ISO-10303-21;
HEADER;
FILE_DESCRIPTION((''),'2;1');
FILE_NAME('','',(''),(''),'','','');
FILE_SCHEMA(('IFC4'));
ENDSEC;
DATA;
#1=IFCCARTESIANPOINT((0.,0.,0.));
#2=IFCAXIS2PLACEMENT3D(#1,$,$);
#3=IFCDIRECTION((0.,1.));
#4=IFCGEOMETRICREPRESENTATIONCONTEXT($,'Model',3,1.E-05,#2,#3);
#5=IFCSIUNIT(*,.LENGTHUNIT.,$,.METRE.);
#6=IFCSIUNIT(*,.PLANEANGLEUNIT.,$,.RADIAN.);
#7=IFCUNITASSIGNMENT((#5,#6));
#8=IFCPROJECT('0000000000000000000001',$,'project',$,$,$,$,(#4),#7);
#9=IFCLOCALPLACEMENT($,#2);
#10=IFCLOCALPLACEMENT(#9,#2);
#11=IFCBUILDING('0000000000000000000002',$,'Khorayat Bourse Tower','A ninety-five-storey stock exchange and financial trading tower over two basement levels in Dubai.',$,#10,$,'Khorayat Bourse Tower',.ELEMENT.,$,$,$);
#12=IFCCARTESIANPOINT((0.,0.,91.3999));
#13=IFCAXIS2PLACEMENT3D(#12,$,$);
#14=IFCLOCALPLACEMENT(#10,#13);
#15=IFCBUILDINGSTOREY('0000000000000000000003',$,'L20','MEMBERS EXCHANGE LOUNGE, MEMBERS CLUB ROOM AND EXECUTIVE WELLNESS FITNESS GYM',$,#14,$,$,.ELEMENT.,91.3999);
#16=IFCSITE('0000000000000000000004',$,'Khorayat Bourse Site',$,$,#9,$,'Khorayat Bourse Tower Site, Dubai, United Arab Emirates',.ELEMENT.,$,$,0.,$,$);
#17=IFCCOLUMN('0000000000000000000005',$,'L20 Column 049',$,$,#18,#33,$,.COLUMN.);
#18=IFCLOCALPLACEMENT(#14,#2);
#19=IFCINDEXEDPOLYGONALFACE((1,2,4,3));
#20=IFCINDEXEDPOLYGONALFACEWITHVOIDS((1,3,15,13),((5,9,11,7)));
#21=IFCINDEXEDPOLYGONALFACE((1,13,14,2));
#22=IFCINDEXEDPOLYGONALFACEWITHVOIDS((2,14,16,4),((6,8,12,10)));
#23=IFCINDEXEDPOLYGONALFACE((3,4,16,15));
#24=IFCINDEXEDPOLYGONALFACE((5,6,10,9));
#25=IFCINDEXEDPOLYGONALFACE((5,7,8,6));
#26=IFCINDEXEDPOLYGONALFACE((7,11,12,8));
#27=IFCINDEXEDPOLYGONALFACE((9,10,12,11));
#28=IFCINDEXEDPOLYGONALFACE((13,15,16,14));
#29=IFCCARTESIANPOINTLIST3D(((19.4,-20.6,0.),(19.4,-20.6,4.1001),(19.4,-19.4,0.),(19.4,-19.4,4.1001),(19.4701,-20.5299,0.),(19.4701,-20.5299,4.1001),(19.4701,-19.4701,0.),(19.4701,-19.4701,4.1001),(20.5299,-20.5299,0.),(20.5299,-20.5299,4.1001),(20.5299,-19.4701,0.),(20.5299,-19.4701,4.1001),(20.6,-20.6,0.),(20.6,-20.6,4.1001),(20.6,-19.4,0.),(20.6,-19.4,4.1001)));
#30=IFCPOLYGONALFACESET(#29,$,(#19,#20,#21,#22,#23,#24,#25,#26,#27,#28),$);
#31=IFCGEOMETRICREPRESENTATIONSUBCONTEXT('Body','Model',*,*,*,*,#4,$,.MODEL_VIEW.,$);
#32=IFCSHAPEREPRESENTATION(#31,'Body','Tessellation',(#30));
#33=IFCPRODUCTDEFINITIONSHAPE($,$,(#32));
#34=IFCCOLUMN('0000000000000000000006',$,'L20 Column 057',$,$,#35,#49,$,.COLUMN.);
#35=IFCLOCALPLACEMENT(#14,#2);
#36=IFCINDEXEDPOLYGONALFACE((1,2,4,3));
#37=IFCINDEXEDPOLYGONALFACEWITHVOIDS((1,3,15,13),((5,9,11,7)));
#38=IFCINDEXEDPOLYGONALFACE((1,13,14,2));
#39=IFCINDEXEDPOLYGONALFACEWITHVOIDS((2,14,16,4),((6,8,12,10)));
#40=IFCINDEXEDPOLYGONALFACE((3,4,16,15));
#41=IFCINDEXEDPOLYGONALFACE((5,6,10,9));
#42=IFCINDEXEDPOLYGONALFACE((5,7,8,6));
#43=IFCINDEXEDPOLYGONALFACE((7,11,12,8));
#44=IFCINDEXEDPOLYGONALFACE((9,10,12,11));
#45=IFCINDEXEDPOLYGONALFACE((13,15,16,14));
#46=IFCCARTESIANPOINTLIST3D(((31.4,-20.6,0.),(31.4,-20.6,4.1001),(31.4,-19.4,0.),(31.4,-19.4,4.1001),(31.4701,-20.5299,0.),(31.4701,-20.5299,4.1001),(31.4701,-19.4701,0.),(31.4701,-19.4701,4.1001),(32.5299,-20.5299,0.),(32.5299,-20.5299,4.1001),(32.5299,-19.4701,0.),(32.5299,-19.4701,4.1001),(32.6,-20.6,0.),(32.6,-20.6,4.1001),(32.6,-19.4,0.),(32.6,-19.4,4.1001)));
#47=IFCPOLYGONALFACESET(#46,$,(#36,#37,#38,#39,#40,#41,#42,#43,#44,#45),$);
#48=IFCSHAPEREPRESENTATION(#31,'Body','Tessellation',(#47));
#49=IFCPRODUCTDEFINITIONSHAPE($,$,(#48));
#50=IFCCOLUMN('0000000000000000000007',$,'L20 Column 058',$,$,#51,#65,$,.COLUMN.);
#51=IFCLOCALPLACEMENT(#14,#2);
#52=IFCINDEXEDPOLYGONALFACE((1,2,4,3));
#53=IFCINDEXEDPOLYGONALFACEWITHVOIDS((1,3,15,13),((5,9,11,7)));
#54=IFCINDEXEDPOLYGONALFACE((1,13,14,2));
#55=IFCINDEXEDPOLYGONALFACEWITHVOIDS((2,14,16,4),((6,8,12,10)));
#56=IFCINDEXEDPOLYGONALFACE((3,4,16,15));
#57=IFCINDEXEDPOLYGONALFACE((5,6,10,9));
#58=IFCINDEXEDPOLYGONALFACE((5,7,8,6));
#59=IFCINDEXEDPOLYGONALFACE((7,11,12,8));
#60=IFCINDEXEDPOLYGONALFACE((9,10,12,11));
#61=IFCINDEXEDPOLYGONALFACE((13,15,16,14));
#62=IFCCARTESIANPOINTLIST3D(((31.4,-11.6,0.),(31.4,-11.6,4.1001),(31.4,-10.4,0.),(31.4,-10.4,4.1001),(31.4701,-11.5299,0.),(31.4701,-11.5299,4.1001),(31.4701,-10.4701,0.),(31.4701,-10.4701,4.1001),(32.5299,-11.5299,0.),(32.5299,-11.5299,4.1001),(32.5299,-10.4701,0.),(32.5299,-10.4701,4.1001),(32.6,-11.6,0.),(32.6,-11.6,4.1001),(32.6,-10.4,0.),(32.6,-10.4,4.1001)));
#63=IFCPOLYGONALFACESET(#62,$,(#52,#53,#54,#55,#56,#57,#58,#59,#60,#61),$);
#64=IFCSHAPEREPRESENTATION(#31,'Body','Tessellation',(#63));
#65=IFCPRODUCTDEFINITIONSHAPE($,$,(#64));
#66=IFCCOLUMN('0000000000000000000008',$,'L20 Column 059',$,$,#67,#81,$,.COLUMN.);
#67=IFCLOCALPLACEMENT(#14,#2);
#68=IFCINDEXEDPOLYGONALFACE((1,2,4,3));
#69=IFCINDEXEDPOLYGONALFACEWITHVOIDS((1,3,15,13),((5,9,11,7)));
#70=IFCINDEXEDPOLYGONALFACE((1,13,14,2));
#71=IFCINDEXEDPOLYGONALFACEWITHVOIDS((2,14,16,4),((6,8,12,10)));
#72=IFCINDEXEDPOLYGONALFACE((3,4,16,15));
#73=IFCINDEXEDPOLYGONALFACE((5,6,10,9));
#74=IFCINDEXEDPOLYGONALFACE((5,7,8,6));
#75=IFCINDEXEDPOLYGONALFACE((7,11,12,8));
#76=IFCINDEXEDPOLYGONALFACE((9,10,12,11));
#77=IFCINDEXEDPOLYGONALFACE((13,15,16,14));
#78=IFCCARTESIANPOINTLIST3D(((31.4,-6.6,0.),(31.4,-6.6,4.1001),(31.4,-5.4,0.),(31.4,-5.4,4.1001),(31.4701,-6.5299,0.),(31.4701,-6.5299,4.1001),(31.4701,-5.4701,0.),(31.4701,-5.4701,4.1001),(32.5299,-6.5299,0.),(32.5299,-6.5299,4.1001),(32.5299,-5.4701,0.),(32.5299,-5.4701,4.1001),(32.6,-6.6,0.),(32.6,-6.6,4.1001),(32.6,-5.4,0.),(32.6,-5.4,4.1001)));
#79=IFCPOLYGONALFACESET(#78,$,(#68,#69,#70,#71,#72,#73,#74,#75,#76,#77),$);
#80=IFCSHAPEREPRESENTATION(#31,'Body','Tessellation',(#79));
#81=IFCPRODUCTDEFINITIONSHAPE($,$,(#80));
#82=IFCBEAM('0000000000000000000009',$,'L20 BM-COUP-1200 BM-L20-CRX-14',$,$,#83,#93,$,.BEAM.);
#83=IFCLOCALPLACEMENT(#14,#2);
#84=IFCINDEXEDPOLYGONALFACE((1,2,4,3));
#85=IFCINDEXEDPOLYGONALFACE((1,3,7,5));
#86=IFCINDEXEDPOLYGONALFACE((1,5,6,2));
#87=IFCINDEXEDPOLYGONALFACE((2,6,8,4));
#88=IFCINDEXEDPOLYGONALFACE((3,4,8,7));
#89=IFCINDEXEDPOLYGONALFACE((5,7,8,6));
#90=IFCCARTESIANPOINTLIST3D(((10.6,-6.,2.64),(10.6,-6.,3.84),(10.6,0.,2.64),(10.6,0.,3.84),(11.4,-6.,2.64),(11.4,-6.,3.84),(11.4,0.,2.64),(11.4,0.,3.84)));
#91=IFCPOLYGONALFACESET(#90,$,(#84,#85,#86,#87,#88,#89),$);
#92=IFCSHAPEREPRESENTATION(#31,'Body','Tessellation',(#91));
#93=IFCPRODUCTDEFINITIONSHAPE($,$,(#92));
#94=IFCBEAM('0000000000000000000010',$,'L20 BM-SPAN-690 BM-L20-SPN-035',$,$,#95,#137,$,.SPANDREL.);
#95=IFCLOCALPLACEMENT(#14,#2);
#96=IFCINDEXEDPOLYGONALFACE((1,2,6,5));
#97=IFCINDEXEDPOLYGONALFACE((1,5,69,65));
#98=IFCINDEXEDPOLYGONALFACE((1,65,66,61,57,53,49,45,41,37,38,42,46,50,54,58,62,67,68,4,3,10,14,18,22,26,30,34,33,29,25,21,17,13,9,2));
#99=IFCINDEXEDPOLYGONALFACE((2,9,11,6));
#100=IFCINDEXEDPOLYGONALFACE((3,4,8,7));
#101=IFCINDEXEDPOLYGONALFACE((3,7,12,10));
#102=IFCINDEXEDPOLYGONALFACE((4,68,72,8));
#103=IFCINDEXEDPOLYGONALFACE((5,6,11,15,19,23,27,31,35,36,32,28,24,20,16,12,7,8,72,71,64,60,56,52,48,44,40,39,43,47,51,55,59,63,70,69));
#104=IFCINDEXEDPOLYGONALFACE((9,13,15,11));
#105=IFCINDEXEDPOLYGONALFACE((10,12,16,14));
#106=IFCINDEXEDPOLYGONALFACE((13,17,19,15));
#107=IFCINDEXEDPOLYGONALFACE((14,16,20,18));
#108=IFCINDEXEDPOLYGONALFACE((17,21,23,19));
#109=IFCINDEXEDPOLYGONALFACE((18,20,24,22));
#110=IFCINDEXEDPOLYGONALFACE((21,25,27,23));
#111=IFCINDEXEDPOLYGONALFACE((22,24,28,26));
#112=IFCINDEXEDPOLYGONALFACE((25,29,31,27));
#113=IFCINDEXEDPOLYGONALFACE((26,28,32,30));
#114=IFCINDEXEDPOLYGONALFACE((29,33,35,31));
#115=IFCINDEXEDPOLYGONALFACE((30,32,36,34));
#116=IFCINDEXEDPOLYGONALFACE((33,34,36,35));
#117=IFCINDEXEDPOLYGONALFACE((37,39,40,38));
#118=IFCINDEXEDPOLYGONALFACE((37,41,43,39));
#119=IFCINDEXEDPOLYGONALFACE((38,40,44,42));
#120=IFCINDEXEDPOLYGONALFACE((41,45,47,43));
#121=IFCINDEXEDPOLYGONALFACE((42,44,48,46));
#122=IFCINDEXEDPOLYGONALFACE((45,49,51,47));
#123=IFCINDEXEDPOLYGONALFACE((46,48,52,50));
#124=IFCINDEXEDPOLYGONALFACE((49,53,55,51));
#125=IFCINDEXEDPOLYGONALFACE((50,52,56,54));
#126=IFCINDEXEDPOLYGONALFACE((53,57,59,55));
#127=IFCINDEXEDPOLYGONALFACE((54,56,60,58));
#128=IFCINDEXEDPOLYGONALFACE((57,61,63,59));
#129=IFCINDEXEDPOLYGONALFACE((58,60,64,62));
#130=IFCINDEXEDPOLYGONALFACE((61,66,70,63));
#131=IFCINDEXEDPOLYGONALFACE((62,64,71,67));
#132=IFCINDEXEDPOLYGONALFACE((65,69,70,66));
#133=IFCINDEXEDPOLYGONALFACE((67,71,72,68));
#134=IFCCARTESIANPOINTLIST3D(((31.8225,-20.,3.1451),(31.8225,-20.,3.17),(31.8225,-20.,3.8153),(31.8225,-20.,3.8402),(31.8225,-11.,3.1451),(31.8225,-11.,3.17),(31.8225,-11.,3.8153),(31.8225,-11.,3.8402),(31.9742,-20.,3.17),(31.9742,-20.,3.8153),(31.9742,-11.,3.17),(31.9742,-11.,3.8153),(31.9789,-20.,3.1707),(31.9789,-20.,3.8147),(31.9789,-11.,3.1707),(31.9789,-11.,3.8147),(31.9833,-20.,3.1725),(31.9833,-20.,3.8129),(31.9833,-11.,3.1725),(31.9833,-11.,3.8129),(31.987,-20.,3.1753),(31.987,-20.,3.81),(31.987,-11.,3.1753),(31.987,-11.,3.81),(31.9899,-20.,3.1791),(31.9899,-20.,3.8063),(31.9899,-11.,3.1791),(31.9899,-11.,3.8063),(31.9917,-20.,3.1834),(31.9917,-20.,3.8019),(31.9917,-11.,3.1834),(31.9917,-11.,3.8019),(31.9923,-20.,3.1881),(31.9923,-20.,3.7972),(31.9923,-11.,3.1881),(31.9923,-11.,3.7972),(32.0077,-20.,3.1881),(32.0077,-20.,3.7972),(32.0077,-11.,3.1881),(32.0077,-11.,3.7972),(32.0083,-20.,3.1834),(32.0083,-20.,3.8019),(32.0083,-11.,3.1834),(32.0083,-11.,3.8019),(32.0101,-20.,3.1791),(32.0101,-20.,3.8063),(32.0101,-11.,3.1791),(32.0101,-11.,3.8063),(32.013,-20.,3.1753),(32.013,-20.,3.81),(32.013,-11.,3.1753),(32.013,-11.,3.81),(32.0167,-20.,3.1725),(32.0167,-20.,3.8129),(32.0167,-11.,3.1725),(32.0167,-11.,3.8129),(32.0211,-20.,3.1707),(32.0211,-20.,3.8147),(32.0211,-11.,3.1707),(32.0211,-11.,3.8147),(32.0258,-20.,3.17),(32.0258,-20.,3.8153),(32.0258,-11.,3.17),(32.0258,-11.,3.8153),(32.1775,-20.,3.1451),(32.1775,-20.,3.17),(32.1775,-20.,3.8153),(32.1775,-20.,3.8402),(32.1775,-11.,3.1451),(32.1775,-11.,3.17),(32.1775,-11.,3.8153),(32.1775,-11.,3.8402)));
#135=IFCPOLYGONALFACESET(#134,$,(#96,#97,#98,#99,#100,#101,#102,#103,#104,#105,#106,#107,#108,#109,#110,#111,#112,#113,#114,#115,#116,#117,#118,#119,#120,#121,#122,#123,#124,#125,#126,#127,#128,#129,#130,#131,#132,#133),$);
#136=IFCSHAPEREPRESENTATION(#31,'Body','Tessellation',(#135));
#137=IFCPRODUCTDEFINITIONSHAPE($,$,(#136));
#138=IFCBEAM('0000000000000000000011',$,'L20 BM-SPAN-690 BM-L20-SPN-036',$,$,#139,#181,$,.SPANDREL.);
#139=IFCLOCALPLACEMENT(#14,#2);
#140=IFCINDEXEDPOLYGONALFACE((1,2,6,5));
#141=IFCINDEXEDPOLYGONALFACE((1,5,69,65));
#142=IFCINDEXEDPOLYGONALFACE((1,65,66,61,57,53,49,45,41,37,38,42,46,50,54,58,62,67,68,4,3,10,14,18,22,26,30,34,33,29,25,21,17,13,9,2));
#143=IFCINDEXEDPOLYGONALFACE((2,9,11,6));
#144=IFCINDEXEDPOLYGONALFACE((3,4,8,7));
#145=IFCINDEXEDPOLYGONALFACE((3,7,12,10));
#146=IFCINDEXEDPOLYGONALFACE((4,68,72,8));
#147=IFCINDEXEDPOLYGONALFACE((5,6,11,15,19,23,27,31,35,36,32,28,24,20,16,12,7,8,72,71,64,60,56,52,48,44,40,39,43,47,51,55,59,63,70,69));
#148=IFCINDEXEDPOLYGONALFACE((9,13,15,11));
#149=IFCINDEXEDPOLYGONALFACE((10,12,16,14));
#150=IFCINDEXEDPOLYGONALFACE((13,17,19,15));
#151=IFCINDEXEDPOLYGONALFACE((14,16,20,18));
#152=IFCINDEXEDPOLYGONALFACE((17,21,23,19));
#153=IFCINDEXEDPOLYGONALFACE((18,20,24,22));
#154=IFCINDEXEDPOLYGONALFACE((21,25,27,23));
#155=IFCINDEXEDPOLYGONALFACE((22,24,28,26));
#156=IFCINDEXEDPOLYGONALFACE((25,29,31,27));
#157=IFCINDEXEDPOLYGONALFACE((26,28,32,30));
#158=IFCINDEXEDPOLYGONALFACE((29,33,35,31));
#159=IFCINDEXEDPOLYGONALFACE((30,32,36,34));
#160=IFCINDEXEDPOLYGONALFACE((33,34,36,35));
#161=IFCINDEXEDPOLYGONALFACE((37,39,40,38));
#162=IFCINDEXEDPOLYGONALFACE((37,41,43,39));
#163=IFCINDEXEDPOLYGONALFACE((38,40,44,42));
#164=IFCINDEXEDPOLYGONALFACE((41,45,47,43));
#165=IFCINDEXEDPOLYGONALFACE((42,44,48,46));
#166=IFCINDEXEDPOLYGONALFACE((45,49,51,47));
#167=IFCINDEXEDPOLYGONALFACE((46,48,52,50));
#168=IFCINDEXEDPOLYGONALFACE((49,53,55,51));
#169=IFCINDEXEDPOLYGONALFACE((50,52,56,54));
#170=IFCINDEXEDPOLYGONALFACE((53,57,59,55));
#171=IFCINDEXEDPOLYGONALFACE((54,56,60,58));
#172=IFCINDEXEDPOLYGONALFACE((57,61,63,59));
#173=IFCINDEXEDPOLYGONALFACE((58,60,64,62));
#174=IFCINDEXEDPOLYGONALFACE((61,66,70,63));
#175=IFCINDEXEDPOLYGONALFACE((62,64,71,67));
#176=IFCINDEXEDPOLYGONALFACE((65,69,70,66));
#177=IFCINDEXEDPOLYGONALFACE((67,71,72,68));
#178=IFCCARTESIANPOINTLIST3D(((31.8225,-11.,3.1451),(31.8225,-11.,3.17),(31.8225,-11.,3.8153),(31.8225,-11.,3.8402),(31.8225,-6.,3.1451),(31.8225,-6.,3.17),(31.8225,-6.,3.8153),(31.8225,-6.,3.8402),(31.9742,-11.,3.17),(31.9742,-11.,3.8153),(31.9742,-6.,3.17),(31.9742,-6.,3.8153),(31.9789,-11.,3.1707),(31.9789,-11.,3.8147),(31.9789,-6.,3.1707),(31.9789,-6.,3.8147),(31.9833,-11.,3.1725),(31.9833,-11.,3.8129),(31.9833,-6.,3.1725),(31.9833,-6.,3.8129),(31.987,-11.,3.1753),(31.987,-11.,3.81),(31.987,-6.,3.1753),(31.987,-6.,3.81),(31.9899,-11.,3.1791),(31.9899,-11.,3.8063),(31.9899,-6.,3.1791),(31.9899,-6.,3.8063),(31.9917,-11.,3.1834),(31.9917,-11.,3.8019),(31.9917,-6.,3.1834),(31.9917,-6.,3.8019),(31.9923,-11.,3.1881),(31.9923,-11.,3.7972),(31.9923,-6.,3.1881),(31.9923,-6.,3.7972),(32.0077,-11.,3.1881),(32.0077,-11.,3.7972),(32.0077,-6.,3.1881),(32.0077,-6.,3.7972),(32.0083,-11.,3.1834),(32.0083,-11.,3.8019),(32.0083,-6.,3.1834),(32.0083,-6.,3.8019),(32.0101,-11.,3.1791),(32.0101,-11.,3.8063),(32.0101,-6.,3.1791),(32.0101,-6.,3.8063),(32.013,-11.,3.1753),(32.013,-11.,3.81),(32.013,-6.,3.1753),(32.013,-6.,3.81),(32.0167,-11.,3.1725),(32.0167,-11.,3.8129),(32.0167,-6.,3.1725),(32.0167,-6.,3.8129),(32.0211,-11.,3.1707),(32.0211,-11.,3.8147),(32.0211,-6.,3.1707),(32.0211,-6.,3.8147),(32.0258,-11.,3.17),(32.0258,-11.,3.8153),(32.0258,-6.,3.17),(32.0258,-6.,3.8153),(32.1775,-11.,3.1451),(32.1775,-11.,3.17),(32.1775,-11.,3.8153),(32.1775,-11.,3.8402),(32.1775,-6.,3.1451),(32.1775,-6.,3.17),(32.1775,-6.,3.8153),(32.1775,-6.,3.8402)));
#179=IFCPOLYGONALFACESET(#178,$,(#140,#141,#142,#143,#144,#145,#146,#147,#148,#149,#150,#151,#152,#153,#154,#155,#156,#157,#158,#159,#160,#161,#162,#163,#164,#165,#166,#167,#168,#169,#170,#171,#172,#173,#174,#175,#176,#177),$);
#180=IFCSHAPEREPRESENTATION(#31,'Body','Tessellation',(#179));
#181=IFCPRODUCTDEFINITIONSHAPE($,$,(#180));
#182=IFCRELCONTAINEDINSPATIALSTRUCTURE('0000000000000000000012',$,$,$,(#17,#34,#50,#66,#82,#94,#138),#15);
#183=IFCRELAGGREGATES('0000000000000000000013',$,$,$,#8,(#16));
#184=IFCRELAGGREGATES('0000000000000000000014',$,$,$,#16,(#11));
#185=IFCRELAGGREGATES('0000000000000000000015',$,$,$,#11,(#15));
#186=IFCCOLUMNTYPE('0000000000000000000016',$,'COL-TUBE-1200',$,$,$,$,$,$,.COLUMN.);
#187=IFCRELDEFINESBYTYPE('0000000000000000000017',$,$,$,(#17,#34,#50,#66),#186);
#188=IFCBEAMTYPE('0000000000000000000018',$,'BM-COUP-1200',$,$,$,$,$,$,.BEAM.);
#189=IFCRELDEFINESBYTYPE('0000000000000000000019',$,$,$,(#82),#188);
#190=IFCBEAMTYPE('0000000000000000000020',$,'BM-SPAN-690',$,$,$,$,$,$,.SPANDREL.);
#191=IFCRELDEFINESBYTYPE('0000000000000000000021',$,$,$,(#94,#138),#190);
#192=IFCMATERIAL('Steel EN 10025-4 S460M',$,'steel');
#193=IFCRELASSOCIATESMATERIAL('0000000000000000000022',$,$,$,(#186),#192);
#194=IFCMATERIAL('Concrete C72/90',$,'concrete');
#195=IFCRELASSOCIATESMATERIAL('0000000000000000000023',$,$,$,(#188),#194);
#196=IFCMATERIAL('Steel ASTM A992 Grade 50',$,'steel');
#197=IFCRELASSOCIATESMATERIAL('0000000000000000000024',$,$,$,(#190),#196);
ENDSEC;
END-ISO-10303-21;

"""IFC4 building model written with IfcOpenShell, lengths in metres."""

from ifc_helpers import new_model, si_unit, direction, frame, origin, origin_2d, place, context, subcontext, project, spatial, rectangle, hollow_rectangle, i_section, extrude, source, transform, mapped, material, material_profile, profile_set, type_object, element, save


model = new_model("IFC4")

# Units and contexts
model_context = context("Model", 3, precision=1e-05, world=origin(), true_north=direction((0.0, 1.0)))
body_context = subcontext(model_context, "Body", "Model", "MODEL_VIEW")
ifc_project = project(units=[si_unit("LENGTHUNIT", "METRE"), si_unit("PLANEANGLEUNIT", "RADIAN")], contexts=[model_context])

# Site, building, storey
site_placement = place(None, origin())
site = spatial("IfcSite", under=ifc_project, at=site_placement, Name="Khorayat Bourse Site", LongName="Khorayat Bourse Tower Site, Dubai, United Arab Emirates", CompositionType="ELEMENT", RefElevation=0.0)
building_placement = place(site_placement, origin())
building = spatial("IfcBuilding", under=site, at=building_placement, Name="Khorayat Bourse Tower", Description="A ninety-five-storey stock exchange and financial trading tower over two basement levels in Dubai.", LongName="Khorayat Bourse Tower", CompositionType="ELEMENT")
storey_placement = place(building_placement, frame((0.0, 0.0, 91.3999)))
storey = spatial("IfcBuildingStorey", under=building, at=storey_placement, Name="L20", Description="MEMBERS EXCHANGE LOUNGE, MEMBERS CLUB ROOM AND EXECUTIVE WELLNESS FITNESS GYM", CompositionType="ELEMENT", Elevation=91.3999)

# Columns
ifc_material_1 = material(Name="Steel EN 10025-4 S460M", Category="steel")
ifc_material_profile_1 = material_profile(ifc_material_1, hollow_rectangle(XDim=1.2, YDim=1.2, WallThickness=0.0701, at=origin_2d()), Name="BOX 1200x1200x70")
ifc_profile_set_1 = profile_set([ifc_material_profile_1], Name="Steel EN 10025-4 S460M")
column_type = type_object("IfcColumnType", Name="COL-TUBE-1200", PredefinedType="COLUMN", material=ifc_profile_set_1)
shared_shape_1 = source(origin(), body_context, "Body", "SweptSolid", [
    extrude(hollow_rectangle(XDim=1.2, YDim=1.2, WallThickness=0.0701, at=origin_2d()), origin(), (0.0, 0.0, 1.0), 4.1001),
])
for number, where, z_axis, x_axis, name in (
    (1, (20.0, -20.0, 0.0), (0.0, 0.0, 1.0), (1.0, 0.0, 0.0), "L20 Column 049"),
    (2, (32.0, -20.0, 0.0), (0.0, 0.0, 1.0), (1.0, 0.0, 0.0), "L20 Column 057"),
    (3, (32.0, -11.0, 0.0), (0.0, 0.0, 1.0), (1.0, 0.0, 0.0), "L20 Column 058"),
    (4, (32.0, -6.0, 0.0), (0.0, 0.0, 1.0), (1.0, 0.0, 0.0), "L20 Column 059"),
):
    element("IfcColumn", number, at=place(storey_placement, frame(where, z_axis=z_axis, x_axis=x_axis)), inside=storey, type_object=column_type, Name=name, PredefinedType="COLUMN", context=body_context, shape_type="MappedRepresentation", body=[
        mapped(shared_shape_1, transform((0.0, 0.0, 0.0), scale=1.0)),
    ])

# Beams
ifc_material_2 = material(Name="Concrete C72/90", Category="concrete")
ifc_material_profile_2 = material_profile(ifc_material_2, rectangle(XDim=0.8, YDim=1.2, at=origin_2d()), Name="RC 800x1200")
ifc_profile_set_2 = profile_set([ifc_material_profile_2], Name="Concrete C72/90")
beam_type_1 = type_object("IfcBeamType", Name="BM-COUP-1200", PredefinedType="BEAM", material=ifc_profile_set_2)
shared_shape_2 = source(origin(), body_context, "Body", "SweptSolid", [
    extrude(rectangle(XDim=0.8, YDim=1.2, at=origin_2d()), origin(), (0.0, 0.0, 1.0), 6.0),
])
beam_1_placement = place(storey_placement, frame((11.0, -6.0, 3.24), z_axis=(0.0, 1.0, 0.0), x_axis=(-1.0, 0.0, 0.0)))
element("IfcBeam", 5, at=beam_1_placement, inside=storey, type_object=beam_type_1, Name="L20 BM-COUP-1200 BM-L20-CRX-14", PredefinedType="BEAM", context=body_context, shape_type="MappedRepresentation", body=[
    mapped(shared_shape_2, transform((0.0, 0.0, 0.0), scale=1.0)),
])
ifc_material_3 = material(Name="Steel ASTM A992 Grade 50", Category="steel")
ifc_material_profile_3 = material_profile(ifc_material_3, i_section(OverallWidth=0.355, OverallDepth=0.6951, WebThickness=0.0154, FlangeThickness=0.0249, FilletRadius=0.0181, at=origin_2d()), Name="W690X217")
ifc_profile_set_3 = profile_set([ifc_material_profile_3], Name="Steel ASTM A992 Grade 50")
beam_type_2 = type_object("IfcBeamType", Name="BM-SPAN-690", PredefinedType="SPANDREL", material=ifc_profile_set_3)
shared_shape_3 = source(origin(), body_context, "Body", "SweptSolid", [
    extrude(i_section(OverallWidth=0.355, OverallDepth=0.6951, WebThickness=0.0154, FlangeThickness=0.0249, FilletRadius=0.0181, at=origin_2d()), origin(), (0.0, 0.0, 1.0), 9.0),
])
beam_2_placement = place(storey_placement, frame((32.0, -20.0, 3.4927), z_axis=(0.0, 1.0, 0.0), x_axis=(-1.0, 0.0, 0.0)))
element("IfcBeam", 6, at=beam_2_placement, inside=storey, type_object=beam_type_2, Name="L20 BM-SPAN-690 BM-L20-SPN-035", PredefinedType="SPANDREL", context=body_context, shape_type="MappedRepresentation", body=[
    mapped(shared_shape_3, transform((0.0, 0.0, 0.0), scale=1.0)),
])
shared_shape_4 = source(origin(), body_context, "Body", "SweptSolid", [
    extrude(i_section(OverallWidth=0.355, OverallDepth=0.6951, WebThickness=0.0154, FlangeThickness=0.0249, FilletRadius=0.0181, at=origin_2d()), origin(), (0.0, 0.0, 1.0), 5.0),
])
beam_3_placement = place(storey_placement, frame((32.0, -11.0, 3.4927), z_axis=(0.0, 1.0, 0.0), x_axis=(-1.0, 0.0, 0.0)))
element("IfcBeam", 7, at=beam_3_placement, inside=storey, type_object=beam_type_2, Name="L20 BM-SPAN-690 BM-L20-SPN-036", PredefinedType="SPANDREL", context=body_context, shape_type="MappedRepresentation", body=[
    mapped(shared_shape_4, transform((0.0, 0.0, 0.0), scale=1.0)),
])

save(model, "model.ifc")
